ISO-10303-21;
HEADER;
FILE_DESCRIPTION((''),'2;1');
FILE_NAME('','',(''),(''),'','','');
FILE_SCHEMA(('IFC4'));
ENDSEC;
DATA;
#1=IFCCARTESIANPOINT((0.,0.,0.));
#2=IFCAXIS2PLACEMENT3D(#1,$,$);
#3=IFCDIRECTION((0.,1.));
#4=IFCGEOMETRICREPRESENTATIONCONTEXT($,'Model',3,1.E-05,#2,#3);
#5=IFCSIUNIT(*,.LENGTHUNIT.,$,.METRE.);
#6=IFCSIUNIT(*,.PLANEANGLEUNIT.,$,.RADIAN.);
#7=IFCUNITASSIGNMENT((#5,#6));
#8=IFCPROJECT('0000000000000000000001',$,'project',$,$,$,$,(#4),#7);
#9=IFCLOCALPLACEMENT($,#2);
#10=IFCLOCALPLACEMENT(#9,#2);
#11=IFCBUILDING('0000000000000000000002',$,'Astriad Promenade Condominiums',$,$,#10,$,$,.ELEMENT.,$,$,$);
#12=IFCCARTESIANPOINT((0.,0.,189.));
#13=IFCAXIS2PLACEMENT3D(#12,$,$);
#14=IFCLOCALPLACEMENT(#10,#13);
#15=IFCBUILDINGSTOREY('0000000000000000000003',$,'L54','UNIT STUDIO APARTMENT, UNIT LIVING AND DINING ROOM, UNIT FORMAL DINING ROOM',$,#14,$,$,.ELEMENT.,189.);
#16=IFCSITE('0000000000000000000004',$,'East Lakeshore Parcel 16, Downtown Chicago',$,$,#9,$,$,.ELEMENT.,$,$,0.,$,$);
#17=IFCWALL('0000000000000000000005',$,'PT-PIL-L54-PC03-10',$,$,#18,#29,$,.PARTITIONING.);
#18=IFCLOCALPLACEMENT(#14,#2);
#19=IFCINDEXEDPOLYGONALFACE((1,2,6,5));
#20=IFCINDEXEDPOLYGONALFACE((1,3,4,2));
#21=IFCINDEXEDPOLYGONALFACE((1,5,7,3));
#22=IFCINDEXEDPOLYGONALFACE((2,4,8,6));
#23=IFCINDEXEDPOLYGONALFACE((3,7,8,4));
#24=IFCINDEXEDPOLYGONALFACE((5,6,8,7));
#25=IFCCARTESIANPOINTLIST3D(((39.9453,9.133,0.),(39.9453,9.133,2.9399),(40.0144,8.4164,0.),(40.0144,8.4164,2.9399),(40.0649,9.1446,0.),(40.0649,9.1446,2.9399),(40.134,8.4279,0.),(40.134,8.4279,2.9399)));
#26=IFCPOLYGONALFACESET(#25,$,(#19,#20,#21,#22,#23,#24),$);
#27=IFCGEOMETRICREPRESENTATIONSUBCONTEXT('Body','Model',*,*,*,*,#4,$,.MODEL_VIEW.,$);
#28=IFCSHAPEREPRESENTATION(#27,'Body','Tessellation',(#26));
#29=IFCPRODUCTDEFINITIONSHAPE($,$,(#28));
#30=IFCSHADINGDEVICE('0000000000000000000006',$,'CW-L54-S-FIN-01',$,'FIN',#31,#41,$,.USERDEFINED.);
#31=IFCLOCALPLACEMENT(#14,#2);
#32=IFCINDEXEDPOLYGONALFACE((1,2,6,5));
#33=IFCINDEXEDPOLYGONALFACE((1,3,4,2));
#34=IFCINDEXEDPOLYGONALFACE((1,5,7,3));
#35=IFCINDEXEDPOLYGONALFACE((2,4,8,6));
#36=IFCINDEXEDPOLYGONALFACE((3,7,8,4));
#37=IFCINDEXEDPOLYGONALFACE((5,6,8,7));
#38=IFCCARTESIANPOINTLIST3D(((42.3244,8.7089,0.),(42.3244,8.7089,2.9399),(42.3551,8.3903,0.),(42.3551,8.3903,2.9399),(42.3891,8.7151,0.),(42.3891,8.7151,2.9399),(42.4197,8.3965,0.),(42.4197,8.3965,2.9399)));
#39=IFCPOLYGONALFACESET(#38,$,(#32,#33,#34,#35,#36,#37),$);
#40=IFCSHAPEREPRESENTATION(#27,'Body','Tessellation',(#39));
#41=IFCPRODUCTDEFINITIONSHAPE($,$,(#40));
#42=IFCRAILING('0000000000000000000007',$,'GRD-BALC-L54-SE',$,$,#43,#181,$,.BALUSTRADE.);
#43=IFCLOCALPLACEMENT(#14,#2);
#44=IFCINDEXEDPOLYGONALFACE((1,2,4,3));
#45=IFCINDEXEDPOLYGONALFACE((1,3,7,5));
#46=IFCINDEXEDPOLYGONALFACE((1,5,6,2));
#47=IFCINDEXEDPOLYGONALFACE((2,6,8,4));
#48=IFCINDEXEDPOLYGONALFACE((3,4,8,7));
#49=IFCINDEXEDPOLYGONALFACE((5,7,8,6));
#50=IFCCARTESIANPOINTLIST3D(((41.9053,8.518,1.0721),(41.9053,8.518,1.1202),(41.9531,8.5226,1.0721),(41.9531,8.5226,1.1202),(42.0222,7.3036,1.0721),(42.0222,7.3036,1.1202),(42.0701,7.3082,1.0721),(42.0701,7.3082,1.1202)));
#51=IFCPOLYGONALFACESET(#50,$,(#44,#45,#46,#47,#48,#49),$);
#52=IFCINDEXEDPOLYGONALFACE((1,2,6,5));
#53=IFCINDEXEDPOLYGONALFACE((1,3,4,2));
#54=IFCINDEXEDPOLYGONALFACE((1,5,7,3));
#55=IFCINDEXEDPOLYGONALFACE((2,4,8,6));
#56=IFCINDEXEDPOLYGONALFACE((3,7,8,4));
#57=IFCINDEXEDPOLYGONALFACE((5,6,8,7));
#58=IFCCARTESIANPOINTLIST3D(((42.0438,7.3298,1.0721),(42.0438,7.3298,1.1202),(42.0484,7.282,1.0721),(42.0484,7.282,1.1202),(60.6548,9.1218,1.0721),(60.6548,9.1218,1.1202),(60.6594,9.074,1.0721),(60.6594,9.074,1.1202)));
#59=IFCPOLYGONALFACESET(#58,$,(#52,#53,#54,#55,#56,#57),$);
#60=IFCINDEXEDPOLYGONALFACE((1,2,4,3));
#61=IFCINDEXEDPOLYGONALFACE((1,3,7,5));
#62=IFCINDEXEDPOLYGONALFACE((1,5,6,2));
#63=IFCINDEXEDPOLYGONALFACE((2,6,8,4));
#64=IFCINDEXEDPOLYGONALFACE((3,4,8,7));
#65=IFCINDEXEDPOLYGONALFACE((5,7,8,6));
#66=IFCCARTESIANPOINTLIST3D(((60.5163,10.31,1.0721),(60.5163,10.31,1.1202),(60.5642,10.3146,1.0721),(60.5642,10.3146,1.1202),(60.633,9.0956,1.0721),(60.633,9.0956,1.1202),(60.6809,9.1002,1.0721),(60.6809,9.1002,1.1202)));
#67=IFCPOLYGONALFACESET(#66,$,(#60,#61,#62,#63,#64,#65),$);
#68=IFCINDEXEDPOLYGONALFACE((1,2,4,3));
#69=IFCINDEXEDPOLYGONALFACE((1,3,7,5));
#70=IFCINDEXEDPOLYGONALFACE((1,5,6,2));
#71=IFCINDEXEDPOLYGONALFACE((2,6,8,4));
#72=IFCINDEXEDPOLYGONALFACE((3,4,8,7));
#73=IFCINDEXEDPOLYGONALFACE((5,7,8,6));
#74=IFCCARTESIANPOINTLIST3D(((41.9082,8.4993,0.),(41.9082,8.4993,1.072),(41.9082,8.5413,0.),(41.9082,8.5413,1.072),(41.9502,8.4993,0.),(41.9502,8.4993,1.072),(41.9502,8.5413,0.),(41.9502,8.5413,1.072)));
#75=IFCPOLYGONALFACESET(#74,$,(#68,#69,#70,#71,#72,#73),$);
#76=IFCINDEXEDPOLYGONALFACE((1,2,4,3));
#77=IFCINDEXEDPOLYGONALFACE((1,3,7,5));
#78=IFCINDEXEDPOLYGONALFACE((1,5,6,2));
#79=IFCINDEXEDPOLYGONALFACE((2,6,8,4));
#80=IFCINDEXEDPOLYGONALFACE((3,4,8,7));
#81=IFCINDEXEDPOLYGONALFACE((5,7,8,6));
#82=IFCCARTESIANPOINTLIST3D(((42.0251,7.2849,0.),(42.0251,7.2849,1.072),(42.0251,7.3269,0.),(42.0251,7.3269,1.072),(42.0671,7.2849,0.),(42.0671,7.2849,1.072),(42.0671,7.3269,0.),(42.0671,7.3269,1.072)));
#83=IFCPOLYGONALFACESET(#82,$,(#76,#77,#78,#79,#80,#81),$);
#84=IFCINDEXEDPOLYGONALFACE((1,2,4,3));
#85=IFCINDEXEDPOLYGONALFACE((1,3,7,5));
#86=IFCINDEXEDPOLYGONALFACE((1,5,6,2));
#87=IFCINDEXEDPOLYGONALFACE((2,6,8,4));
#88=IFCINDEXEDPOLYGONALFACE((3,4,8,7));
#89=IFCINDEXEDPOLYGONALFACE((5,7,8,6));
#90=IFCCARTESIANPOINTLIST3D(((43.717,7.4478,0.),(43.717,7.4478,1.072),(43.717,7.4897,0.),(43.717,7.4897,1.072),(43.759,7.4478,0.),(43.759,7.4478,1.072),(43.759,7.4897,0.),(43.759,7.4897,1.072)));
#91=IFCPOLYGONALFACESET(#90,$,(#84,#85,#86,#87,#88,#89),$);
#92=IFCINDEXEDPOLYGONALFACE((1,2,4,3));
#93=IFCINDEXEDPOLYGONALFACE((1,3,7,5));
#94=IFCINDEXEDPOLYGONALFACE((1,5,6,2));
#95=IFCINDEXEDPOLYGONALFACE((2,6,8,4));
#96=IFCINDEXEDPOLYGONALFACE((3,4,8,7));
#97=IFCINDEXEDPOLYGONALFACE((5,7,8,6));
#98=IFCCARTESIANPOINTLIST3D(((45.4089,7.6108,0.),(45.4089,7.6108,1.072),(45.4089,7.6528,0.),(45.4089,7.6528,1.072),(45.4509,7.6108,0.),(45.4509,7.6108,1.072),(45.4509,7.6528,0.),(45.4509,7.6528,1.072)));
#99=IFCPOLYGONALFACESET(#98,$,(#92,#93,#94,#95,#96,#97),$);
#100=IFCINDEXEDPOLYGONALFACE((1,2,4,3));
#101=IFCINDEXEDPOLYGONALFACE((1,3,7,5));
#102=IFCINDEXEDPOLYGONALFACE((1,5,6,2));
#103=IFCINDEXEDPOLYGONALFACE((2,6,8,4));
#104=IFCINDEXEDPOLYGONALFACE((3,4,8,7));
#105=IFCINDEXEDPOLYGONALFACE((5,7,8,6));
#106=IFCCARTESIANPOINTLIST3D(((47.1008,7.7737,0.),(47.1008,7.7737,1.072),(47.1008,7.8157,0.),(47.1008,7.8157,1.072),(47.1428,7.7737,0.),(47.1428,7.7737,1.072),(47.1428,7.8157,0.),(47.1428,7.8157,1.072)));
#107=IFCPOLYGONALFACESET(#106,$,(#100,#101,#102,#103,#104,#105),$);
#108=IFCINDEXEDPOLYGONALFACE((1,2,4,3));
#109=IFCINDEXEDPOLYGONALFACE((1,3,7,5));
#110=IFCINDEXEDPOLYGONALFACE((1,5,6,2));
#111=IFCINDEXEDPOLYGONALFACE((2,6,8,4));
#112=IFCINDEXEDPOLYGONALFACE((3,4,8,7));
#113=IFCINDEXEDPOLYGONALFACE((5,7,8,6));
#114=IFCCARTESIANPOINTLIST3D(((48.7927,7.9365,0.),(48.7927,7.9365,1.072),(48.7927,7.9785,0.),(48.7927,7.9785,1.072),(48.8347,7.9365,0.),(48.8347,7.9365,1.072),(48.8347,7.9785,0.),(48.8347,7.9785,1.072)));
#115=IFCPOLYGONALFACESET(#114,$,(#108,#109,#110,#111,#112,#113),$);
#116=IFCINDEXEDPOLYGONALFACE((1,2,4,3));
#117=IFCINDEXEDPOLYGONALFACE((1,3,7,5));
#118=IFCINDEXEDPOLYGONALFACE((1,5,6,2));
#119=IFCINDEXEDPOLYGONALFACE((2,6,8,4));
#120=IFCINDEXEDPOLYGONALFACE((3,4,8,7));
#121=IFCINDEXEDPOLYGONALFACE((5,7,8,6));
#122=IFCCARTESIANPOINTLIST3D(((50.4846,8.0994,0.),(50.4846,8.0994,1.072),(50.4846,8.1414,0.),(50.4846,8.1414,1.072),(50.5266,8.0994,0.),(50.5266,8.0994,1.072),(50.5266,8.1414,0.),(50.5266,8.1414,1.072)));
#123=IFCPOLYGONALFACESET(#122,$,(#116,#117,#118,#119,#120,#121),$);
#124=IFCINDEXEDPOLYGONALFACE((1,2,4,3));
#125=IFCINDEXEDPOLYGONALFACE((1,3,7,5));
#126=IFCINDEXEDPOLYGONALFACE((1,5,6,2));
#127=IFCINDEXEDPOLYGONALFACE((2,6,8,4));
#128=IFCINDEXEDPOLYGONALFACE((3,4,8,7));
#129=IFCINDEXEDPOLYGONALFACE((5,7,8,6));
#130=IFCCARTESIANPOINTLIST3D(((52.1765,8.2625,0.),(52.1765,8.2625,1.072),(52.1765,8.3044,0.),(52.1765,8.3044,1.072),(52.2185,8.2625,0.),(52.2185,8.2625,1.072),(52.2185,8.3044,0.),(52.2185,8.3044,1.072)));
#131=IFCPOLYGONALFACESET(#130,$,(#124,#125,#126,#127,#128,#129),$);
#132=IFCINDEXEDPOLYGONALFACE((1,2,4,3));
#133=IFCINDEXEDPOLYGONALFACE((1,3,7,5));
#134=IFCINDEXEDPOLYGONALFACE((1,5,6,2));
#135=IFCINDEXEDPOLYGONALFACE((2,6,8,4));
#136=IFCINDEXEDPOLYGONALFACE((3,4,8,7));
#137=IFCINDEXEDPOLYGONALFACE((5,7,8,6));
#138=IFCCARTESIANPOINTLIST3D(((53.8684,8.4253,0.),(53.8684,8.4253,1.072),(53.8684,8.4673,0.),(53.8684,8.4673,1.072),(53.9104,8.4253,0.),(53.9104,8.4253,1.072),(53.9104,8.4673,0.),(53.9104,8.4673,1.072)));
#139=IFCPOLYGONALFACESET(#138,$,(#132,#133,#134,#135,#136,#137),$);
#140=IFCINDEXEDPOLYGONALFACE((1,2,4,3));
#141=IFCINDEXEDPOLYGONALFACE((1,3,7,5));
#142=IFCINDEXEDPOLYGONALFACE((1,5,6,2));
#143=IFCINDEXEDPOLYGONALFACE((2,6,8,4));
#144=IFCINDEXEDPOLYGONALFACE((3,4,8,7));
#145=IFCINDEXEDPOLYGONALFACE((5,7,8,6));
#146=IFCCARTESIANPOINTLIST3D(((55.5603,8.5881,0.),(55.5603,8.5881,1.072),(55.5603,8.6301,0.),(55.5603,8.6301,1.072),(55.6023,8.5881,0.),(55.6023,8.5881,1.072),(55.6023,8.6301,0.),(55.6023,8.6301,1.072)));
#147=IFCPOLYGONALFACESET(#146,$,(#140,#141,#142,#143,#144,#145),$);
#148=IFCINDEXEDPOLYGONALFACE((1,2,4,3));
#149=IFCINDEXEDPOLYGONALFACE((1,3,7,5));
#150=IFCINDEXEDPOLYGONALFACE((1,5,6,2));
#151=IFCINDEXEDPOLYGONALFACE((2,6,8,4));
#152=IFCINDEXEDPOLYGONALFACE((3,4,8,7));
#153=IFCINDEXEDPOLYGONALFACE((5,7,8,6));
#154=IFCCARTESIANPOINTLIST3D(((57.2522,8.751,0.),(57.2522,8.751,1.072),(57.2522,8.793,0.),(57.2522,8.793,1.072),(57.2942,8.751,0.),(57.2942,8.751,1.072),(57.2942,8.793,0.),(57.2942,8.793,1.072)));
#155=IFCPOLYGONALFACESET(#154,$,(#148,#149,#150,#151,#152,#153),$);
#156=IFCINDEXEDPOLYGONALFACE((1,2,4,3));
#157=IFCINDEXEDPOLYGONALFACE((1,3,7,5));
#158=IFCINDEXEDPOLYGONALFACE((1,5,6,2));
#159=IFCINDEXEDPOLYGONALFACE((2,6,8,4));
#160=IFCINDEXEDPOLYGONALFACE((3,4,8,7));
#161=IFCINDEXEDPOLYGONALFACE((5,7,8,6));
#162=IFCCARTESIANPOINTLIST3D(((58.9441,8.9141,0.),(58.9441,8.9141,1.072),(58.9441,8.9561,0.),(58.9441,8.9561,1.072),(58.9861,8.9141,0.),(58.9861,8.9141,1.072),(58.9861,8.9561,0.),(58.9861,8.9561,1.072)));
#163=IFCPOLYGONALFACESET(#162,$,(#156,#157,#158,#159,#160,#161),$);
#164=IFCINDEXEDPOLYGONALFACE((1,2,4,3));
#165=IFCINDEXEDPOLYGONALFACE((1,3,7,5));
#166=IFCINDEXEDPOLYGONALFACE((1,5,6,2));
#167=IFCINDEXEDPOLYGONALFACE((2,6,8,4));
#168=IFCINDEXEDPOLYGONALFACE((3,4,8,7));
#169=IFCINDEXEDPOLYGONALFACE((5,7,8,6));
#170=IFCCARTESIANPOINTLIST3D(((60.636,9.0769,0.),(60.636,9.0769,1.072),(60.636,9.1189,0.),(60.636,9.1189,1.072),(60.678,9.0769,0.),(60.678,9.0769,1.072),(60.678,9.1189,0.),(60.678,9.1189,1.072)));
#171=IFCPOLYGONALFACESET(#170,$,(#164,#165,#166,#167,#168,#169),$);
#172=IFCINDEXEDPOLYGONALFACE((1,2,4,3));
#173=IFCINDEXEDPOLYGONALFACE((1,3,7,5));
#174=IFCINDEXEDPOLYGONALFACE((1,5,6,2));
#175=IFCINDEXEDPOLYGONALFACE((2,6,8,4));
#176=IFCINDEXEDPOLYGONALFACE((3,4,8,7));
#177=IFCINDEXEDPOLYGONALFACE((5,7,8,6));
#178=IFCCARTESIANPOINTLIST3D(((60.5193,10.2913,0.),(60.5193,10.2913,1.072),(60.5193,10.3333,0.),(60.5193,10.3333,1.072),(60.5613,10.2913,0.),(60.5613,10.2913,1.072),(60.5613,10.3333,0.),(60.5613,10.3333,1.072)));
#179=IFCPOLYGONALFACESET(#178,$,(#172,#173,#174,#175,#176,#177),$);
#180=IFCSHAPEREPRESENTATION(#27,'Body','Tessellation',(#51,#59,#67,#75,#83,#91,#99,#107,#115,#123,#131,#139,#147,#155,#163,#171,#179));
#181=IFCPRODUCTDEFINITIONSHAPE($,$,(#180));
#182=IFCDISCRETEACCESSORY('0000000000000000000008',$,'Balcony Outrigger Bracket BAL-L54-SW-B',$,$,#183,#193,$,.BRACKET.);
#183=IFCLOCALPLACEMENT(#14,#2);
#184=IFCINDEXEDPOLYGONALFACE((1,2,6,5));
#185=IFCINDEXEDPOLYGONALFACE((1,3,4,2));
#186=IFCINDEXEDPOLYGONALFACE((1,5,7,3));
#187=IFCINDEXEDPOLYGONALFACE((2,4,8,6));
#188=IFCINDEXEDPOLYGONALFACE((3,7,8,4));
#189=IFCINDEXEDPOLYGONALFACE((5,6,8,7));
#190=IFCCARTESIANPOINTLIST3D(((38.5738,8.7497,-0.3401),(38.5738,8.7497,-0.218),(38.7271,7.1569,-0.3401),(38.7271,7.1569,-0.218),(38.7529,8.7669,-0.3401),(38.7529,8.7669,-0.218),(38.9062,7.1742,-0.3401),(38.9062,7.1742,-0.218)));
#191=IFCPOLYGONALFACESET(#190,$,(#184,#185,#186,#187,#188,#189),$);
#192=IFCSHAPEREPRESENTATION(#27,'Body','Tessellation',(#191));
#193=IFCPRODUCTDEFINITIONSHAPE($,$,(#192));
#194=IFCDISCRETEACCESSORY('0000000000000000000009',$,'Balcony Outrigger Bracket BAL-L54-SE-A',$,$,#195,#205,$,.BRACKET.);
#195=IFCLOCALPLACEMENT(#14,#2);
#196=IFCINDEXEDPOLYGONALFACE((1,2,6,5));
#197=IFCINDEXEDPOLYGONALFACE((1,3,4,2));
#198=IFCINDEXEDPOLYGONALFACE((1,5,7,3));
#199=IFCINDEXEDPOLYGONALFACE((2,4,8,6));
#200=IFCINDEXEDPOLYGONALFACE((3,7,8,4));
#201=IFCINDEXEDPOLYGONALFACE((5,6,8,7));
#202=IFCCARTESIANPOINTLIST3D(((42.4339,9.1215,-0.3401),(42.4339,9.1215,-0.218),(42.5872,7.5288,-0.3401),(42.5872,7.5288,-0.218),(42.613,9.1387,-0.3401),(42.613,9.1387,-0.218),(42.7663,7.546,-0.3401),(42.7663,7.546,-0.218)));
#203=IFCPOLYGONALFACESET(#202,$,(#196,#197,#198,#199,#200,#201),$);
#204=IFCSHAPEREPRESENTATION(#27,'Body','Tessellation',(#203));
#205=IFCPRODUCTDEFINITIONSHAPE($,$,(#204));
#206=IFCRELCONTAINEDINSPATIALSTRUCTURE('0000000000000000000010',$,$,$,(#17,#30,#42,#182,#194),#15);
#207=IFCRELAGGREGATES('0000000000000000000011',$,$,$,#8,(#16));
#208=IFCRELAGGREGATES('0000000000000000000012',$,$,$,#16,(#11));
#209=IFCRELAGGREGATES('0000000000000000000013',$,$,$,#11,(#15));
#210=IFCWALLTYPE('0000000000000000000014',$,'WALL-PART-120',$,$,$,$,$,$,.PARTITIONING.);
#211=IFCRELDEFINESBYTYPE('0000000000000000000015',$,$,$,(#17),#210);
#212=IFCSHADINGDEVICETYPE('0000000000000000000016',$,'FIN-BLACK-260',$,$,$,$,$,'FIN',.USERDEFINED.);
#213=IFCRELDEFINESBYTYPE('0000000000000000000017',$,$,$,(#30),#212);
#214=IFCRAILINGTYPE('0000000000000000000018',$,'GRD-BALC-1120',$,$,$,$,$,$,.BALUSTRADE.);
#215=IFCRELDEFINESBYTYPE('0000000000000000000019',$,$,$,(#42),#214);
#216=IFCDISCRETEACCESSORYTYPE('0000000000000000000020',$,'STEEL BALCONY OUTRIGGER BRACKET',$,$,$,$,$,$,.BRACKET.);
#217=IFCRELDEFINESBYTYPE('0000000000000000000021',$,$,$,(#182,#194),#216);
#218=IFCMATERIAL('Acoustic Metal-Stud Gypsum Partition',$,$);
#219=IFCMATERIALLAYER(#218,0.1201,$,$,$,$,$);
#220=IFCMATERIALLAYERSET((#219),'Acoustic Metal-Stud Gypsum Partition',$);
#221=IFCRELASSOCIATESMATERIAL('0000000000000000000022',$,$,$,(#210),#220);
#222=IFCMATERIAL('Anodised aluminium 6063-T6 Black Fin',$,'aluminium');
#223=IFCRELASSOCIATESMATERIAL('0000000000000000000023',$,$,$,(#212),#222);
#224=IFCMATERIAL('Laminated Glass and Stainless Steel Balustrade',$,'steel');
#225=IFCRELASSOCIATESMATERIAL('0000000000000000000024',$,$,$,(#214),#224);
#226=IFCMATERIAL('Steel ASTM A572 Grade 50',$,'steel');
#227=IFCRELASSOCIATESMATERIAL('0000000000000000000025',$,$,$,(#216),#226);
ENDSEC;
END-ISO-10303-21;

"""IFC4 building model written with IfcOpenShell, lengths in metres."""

from ifc_helpers import new_model, si_unit, direction, frame, frame_2d, origin, origin_2d, place, context, subcontext, project, spatial, rectangle, extrude, source, transform, mapped, material, layer, layer_set, type_object, type_shapes, element, save


model = new_model("IFC4")

# Units and contexts
model_context = context("Model", 3, precision=1e-05, world=origin(), true_north=direction((0.0, 1.0)))
body_context = subcontext(model_context, "Body", "Model", "MODEL_VIEW")
ifc_project = project(units=[si_unit("LENGTHUNIT", "METRE"), si_unit("PLANEANGLEUNIT", "RADIAN")], contexts=[model_context])

# Site, building, storey
site_placement = place(None, origin())
site = spatial("IfcSite", under=ifc_project, at=site_placement, Name="East Lakeshore Parcel 16, Downtown Chicago", CompositionType="ELEMENT", RefElevation=0.0)
building_placement = place(site_placement, origin())
building = spatial("IfcBuilding", under=site, at=building_placement, Name="Astriad Promenade Condominiums", CompositionType="ELEMENT")
storey_placement = place(building_placement, frame((0.0, 0.0, 189.0)))
storey = spatial("IfcBuildingStorey", under=building, at=storey_placement, Name="L54", Description="UNIT STUDIO APARTMENT, UNIT LIVING AND DINING ROOM, UNIT FORMAL DINING ROOM", CompositionType="ELEMENT", Elevation=189.0)

# Wall
ifc_material_1 = material(Name="Acoustic Metal-Stud Gypsum Partition")
ifc_layer_1 = layer(ifc_material_1, 0.1201)
ifc_layer_set_1 = layer_set([ifc_layer_1], Name="Acoustic Metal-Stud Gypsum Partition")
wall_type_1 = type_object("IfcWallType", Name="WALL-PART-120", PredefinedType="PARTITIONING", material=ifc_layer_set_1)
wall_1_placement = place(storey_placement, frame((40.0051, 9.1387, 0.0), z_axis=(0.0, 0.0, 1.0), x_axis=(0.095977, -0.995384, 0.0)))
element("IfcWall", 1, at=wall_1_placement, inside=storey, type_object=wall_type_1, Name="PT-PIL-L54-PC03-10", PredefinedType="PARTITIONING", context=body_context, shape_type="SweptSolid", body=[
    extrude(rectangle(XDim=0.72, YDim=0.1201, at=frame_2d((0.3599, 0.0))), origin(), (0.0, 0.0, 1.0), 2.9399),
])

# Shading device
ifc_material_2 = material(Name="Anodised aluminium 6063-T6 Black Fin", Category="aluminium")
shading_device_type = type_object("IfcShadingDeviceType", Name="FIN-BLACK-260", ElementType="FIN", PredefinedType="USERDEFINED", material=ifc_material_2)
shared_shape_1 = source(origin(), body_context, "Body", "SweptSolid", [
    extrude(rectangle(XDim=0.0649, YDim=0.3201, at=origin_2d()), origin(), (0.0, 0.0, 1.0), 2.9399),
])
type_shapes(shading_device_type, [shared_shape_1])
shading_device_placement = place(storey_placement, frame((42.3721, 8.5527, 0.0), z_axis=(0.0, 0.0, 1.0), x_axis=(-0.995396, -0.095846, 0.0)))
element("IfcShadingDevice", 2, at=shading_device_placement, inside=storey, type_object=shading_device_type, Name="CW-L54-S-FIN-01", ObjectType="FIN", PredefinedType="USERDEFINED", context=body_context, shape_type="MappedRepresentation", body=[
    mapped(shared_shape_1, transform((0.0, 0.0, 0.0), scale=1.0)),
])

# Railing
ifc_material_3 = material(Name="Laminated Glass and Stainless Steel Balustrade", Category="steel")
railing_type = type_object("IfcRailingType", Name="GRD-BALC-1120", PredefinedType="BALUSTRADE", material=ifc_material_3)
shared_shape_2 = source(origin(), body_context, "Body", "SweptSolid", [
    extrude(rectangle(XDim=0.0481, YDim=0.0481, at=origin_2d()), frame((0.0, 0.0, 1.0962), z_axis=(0.095857, -0.995395, 0.0), x_axis=(0.995395, 0.095857, 0.0)), (0.0, 0.0, 1.0), 1.22),
    extrude(rectangle(XDim=0.0481, YDim=0.0481, at=origin_2d()), frame((0.1169, -1.2144, 1.0962), z_axis=(0.995396, 0.095844, 0.0), x_axis=(-0.095844, 0.995396, 0.0)), (0.0, 0.0, 1.0), 18.697),
    extrude(rectangle(XDim=0.0481, YDim=0.0481, at=origin_2d()), frame((18.7278, 0.5776, 1.0962), z_axis=(-0.095659, 0.995414, 0.0), x_axis=(-0.995414, -0.095659, 0.0)), (0.0, 0.0, 1.0), 1.22),
    extrude(rectangle(XDim=0.042, YDim=0.042, at=origin_2d()), origin(), (0.0, 0.0, 1.0), 1.072),
    extrude(rectangle(XDim=0.042, YDim=0.042, at=origin_2d()), frame((0.1169, -1.2144, 0.0)), (0.0, 0.0, 1.0), 1.072),
    extrude(rectangle(XDim=0.042, YDim=0.042, at=origin_2d()), frame((1.8088, -1.0515, 0.0)), (0.0, 0.0, 1.0), 1.072),
    extrude(rectangle(XDim=0.042, YDim=0.042, at=origin_2d()), frame((3.5007, -0.8884, 0.0)), (0.0, 0.0, 1.0), 1.072),
    extrude(rectangle(XDim=0.042, YDim=0.042, at=origin_2d()), frame((5.1926, -0.7256, 0.0)), (0.0, 0.0, 1.0), 1.072),
    extrude(rectangle(XDim=0.042, YDim=0.042, at=origin_2d()), frame((6.8845, -0.5627, 0.0)), (0.0, 0.0, 1.0), 1.072),
    extrude(rectangle(XDim=0.042, YDim=0.042, at=origin_2d()), frame((8.5764, -0.3999, 0.0)), (0.0, 0.0, 1.0), 1.072),
    extrude(rectangle(XDim=0.042, YDim=0.042, at=origin_2d()), frame((10.2683, -0.2368, 0.0)), (0.0, 0.0, 1.0), 1.072),
    extrude(rectangle(XDim=0.042, YDim=0.042, at=origin_2d()), frame((11.9602, -0.074, 0.0)), (0.0, 0.0, 1.0), 1.072),
    extrude(rectangle(XDim=0.042, YDim=0.042, at=origin_2d()), frame((13.6521, 0.0889, 0.0)), (0.0, 0.0, 1.0), 1.072),
    extrude(rectangle(XDim=0.042, YDim=0.042, at=origin_2d()), frame((15.344, 0.2517, 0.0)), (0.0, 0.0, 1.0), 1.072),
    extrude(rectangle(XDim=0.042, YDim=0.042, at=origin_2d()), frame((17.0359, 0.4148, 0.0)), (0.0, 0.0, 1.0), 1.072),
    extrude(rectangle(XDim=0.042, YDim=0.042, at=origin_2d()), frame((18.7278, 0.5776, 0.0)), (0.0, 0.0, 1.0), 1.072),
    extrude(rectangle(XDim=0.042, YDim=0.042, at=origin_2d()), frame((18.6111, 1.792, 0.0)), (0.0, 0.0, 1.0), 1.072),
])
type_shapes(railing_type, [shared_shape_2])
railing_placement = place(storey_placement, frame((41.9292, 8.5203, 0.0)))
element("IfcRailing", 3, at=railing_placement, inside=storey, type_object=railing_type, Name="GRD-BALC-L54-SE", PredefinedType="BALUSTRADE", context=body_context, shape_type="MappedRepresentation", body=[
    mapped(shared_shape_2, transform((0.0, 0.0, 0.0), scale=1.0)),
])

# Discrete accessories
ifc_material_4 = material(Name="Steel ASTM A572 Grade 50", Category="steel")
discrete_accessory_type = type_object("IfcDiscreteAccessoryType", Name="STEEL BALCONY OUTRIGGER BRACKET", PredefinedType="BRACKET", material=ifc_material_4)
shared_shape_3 = source(origin(), body_context, "Body", "SweptSolid", [
    extrude(rectangle(XDim=1.6001, YDim=0.1799, at=origin_2d()), origin(), (0.0, 0.0, 1.0), 0.1221),
])
type_shapes(discrete_accessory_type, [shared_shape_3])
for number, where, z_axis, x_axis, name in (
    (4, (38.74, 7.9619, -0.3401), (0.0, 0.0, 1.0), (0.095846, -0.995396, 0.0), "Balcony Outrigger Bracket BAL-L54-SW-B"),
    (5, (42.6001, 8.3337, -0.3401), (0.0, 0.0, 1.0), (0.095846, -0.995396, 0.0), "Balcony Outrigger Bracket BAL-L54-SE-A"),
):
    element("IfcDiscreteAccessory", number, at=place(storey_placement, frame(where, z_axis=z_axis, x_axis=x_axis)), inside=storey, type_object=discrete_accessory_type, Name=name, PredefinedType="BRACKET", context=body_context, shape_type="MappedRepresentation", body=[
        mapped(shared_shape_3, transform((0.0, 0.0, 0.0), scale=1.0)),
    ])

save(model, "model.ifc")
